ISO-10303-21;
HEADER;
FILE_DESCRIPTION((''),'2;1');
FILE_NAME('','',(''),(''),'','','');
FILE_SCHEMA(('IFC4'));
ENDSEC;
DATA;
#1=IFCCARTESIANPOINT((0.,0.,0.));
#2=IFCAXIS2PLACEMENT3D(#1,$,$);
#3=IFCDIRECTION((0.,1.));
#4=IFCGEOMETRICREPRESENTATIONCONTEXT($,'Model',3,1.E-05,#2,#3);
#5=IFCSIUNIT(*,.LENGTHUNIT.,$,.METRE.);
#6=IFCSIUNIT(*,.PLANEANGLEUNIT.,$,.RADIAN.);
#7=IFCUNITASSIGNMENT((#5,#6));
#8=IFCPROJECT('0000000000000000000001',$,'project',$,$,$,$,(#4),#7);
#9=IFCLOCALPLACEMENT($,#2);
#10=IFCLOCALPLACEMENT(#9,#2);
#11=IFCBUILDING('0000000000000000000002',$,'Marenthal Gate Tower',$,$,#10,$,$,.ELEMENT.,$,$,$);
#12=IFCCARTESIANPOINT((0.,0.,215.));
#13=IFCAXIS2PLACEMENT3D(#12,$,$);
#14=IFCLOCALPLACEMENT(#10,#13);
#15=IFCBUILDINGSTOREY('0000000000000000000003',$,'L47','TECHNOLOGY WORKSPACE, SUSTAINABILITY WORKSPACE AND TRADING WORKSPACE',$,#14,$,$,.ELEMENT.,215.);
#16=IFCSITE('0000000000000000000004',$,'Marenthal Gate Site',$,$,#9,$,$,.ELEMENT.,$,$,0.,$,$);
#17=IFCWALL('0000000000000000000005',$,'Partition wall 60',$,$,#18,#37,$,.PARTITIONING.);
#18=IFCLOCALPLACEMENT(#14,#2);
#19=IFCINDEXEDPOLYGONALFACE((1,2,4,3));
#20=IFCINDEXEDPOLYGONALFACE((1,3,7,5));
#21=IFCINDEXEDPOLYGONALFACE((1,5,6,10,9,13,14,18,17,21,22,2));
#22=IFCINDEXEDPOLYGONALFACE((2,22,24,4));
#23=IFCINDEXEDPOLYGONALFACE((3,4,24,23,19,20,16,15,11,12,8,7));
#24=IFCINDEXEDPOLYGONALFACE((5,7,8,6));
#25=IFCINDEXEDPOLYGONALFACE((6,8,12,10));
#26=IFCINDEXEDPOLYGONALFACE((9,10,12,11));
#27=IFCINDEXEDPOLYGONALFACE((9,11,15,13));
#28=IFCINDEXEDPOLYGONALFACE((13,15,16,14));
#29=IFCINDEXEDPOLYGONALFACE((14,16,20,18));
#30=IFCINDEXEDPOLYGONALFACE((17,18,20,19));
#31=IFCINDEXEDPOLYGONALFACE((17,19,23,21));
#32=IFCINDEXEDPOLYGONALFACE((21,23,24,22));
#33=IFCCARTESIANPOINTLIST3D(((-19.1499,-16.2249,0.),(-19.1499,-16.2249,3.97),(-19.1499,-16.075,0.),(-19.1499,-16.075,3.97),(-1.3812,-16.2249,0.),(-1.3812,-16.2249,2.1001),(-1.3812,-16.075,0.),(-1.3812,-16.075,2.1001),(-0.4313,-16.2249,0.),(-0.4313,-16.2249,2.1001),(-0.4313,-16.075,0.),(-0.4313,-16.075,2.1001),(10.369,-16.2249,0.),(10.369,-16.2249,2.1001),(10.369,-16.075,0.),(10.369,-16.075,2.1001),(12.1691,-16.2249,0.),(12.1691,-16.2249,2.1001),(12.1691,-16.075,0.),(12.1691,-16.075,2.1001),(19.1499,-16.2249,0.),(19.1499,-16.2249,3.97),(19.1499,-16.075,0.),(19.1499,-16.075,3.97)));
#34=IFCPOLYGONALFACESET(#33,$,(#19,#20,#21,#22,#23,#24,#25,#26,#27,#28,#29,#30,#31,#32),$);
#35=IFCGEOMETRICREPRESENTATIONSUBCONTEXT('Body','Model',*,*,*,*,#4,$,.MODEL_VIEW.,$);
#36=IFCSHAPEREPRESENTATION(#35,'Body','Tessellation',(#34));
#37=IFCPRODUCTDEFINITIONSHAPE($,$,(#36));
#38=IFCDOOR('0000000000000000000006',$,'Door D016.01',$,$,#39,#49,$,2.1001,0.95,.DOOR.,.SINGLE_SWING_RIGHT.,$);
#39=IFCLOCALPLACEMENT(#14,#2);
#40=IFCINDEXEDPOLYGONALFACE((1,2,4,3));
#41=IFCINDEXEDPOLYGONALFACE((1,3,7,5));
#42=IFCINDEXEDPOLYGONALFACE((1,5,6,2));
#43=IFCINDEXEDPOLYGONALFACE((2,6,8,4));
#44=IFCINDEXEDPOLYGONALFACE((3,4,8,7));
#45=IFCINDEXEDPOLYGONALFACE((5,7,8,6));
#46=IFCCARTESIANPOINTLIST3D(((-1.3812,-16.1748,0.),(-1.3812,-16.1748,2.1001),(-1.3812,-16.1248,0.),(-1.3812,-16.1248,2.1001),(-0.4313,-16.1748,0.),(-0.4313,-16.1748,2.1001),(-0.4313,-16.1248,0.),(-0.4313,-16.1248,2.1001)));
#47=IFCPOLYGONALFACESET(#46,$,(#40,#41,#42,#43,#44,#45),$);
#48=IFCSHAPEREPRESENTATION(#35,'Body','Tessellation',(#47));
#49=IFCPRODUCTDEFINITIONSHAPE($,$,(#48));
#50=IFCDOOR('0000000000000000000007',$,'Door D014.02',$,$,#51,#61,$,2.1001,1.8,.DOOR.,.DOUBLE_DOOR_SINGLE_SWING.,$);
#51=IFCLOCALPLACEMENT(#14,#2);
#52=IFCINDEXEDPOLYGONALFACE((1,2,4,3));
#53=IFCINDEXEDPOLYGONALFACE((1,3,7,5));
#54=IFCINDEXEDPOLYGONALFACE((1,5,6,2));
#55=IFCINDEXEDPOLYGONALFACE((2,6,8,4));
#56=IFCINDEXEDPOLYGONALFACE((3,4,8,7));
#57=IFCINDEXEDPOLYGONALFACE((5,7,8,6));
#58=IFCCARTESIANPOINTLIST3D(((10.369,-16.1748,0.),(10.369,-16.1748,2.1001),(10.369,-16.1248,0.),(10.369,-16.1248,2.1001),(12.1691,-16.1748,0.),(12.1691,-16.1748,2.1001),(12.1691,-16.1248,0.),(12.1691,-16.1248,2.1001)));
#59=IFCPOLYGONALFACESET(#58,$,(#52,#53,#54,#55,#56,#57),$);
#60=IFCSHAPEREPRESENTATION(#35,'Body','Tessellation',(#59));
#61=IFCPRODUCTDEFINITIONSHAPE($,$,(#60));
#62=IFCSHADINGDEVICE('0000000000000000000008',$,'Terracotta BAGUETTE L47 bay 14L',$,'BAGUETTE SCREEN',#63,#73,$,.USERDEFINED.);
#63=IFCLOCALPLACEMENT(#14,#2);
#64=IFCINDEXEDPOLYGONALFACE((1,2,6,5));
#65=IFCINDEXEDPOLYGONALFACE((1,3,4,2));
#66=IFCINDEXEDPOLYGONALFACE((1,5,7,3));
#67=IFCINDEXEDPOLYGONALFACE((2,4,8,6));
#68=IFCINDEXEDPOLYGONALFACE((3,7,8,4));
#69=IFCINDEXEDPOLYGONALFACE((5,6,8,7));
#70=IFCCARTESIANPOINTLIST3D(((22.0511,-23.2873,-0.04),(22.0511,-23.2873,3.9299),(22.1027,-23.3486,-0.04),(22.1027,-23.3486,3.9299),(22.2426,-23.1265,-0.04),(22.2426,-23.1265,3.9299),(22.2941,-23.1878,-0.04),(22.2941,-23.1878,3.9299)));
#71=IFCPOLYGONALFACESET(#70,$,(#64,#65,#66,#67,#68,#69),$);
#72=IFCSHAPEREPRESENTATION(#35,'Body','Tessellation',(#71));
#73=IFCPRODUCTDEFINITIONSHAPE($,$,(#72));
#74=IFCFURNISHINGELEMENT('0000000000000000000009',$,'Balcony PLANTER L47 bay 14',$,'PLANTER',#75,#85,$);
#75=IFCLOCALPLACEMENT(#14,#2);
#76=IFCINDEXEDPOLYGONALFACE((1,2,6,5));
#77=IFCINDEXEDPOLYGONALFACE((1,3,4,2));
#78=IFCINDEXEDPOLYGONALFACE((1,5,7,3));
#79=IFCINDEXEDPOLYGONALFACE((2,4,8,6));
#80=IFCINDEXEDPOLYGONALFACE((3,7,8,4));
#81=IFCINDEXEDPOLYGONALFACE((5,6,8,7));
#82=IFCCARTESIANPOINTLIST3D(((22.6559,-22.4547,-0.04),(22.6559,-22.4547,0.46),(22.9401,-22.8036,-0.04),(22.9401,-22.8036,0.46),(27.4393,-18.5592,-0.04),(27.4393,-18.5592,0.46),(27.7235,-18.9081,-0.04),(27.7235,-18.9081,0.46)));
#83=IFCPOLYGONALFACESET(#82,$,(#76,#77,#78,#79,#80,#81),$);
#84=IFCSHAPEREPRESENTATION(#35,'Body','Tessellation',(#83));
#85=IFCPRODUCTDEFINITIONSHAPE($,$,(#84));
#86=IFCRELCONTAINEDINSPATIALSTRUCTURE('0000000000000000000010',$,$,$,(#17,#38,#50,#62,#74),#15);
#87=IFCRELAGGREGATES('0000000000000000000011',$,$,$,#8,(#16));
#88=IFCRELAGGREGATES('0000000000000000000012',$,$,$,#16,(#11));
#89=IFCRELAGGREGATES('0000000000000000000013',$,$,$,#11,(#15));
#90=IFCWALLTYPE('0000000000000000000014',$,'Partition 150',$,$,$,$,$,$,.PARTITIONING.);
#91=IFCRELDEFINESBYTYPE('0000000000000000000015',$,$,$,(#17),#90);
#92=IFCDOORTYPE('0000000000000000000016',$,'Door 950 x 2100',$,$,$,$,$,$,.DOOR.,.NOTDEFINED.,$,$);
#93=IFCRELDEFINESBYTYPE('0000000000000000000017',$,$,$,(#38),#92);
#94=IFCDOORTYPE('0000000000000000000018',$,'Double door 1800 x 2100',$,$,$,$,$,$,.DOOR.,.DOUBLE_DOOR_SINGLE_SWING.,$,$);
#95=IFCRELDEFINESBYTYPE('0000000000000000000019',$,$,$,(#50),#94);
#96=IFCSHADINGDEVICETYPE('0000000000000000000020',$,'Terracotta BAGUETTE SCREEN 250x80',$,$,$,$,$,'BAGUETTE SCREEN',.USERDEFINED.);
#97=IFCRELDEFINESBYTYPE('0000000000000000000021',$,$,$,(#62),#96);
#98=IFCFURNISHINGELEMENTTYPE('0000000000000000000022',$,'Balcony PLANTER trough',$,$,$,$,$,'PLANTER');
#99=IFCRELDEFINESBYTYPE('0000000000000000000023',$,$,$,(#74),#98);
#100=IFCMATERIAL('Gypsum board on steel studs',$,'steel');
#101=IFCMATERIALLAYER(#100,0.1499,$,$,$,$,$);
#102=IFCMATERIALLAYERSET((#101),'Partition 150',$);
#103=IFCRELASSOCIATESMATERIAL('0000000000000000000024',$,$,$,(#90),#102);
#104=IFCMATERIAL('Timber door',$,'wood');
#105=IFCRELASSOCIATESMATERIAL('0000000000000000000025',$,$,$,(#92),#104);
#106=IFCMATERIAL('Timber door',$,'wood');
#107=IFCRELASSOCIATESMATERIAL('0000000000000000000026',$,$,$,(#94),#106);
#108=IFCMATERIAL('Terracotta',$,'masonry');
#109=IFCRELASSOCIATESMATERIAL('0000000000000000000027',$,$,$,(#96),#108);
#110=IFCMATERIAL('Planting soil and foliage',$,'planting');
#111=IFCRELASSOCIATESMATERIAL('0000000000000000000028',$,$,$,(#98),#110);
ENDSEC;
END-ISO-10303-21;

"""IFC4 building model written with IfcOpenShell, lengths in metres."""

from ifc_helpers import new_model, si_unit, direction, frame, frame_2d, origin, origin_2d, place, context, subcontext, project, spatial, rectangle, extrude, material, layer, layer_set, material_profile, profile_set, type_object, element, fill, save


model = new_model("IFC4")

# Units and contexts
model_context = context("Model", 3, precision=1e-05, world=origin(), true_north=direction((0.0, 1.0)))
body_context = subcontext(model_context, "Body", "Model", "MODEL_VIEW")
ifc_project = project(units=[si_unit("LENGTHUNIT", "METRE"), si_unit("PLANEANGLEUNIT", "RADIAN")], contexts=[model_context])

# Site, building, storey
site_placement = place(None, origin())
site = spatial("IfcSite", under=ifc_project, at=site_placement, Name="Marenthal Gate Site", CompositionType="ELEMENT", RefElevation=0.0)
building_placement = place(site_placement, origin())
building = spatial("IfcBuilding", under=site, at=building_placement, Name="Marenthal Gate Tower", CompositionType="ELEMENT")
storey_placement = place(building_placement, frame((0.0, 0.0, 215.0)))
storey = spatial("IfcBuildingStorey", under=building, at=storey_placement, Name="L47", Description="TECHNOLOGY WORKSPACE, SUSTAINABILITY WORKSPACE AND TRADING WORKSPACE", CompositionType="ELEMENT", Elevation=215.0)

# Wall, openings, doors
ifc_material_1 = material(Name="Gypsum board on steel studs", Category="steel")
ifc_layer_1 = layer(ifc_material_1, 0.1499)
ifc_layer_set_1 = layer_set([ifc_layer_1], Name="Partition 150")
wall_type_1 = type_object("IfcWallType", Name="Partition 150", PredefinedType="PARTITIONING", material=ifc_layer_set_1)
wall_1_placement = place(storey_placement, frame((19.1499, -16.1499, 0.0), z_axis=(0.0, 0.0, 1.0), x_axis=(-1.0, 0.0, 0.0)))
wall_1 = element("IfcWall", 1, at=wall_1_placement, inside=storey, type_object=wall_type_1, Name="Partition wall 60", PredefinedType="PARTITIONING", context=body_context, shape_type="SweptSolid", body=[
    extrude(rectangle(XDim=38.2998, YDim=0.1499, at=frame_2d((19.1499, 0.0))), origin(), (0.0, 0.0, 1.0), 3.97),
])
opening_1_placement = place(wall_1_placement, frame((19.5811, 0.0, 0.0)))
opening_1 = element("IfcOpeningElement", 2, at=opening_1_placement, cuts=wall_1, PredefinedType="OPENING", context=body_context, shape_type="SweptSolid", body=[
    extrude(rectangle(XDim=0.95, YDim=2.1001, at=frame_2d((0.4751, 1.05))), frame((0.0, 0.085, 0.0), z_axis=(0.0, -1.0, 0.0), x_axis=(1.0, 0.0, 0.0)), (0.0, 0.0, 1.0), 0.1699),
])
opening_2_placement = place(wall_1_placement, frame((6.981, 0.0, 0.0)))
opening_2 = element("IfcOpeningElement", 3, at=opening_2_placement, cuts=wall_1, PredefinedType="OPENING", context=body_context, shape_type="SweptSolid", body=[
    extrude(rectangle(XDim=1.8, YDim=2.1001, at=frame_2d((0.8999, 1.05))), frame((0.0, 0.085, 0.0), z_axis=(0.0, -1.0, 0.0), x_axis=(1.0, 0.0, 0.0)), (0.0, 0.0, 1.0), 0.1699),
])
ifc_material_2 = material(Name="Timber door", Category="wood")
door_type_1 = type_object("IfcDoorType", Name="Door 950 x 2100", OperationType="NOTDEFINED", PredefinedType="DOOR", material=ifc_material_2)
door_1_placement = place(opening_1_placement, origin())
door_1 = element("IfcDoor", 4, at=door_1_placement, inside=storey, type_object=door_type_1, Name="Door D016.01", OperationType="SINGLE_SWING_RIGHT", OverallHeight=2.1001, OverallWidth=0.95, PredefinedType="DOOR", context=body_context, shape_type="SweptSolid", body=[
    extrude(rectangle(XDim=0.95, YDim=2.1001, at=frame_2d((0.4751, 1.05))), frame((0.0, 0.0249, 0.0), z_axis=(0.0, -1.0, 0.0), x_axis=(1.0, 0.0, 0.0)), (0.0, 0.0, 1.0), 0.05),
])
fill(opening_1, door_1)
ifc_material_3 = material(Name="Timber door", Category="wood")
door_type_2 = type_object("IfcDoorType", Name="Double door 1800 x 2100", OperationType="DOUBLE_DOOR_SINGLE_SWING", PredefinedType="DOOR", material=ifc_material_3)
door_2_placement = place(opening_2_placement, origin())
door_2 = element("IfcDoor", 5, at=door_2_placement, inside=storey, type_object=door_type_2, Name="Door D014.02", OperationType="DOUBLE_DOOR_SINGLE_SWING", OverallHeight=2.1001, OverallWidth=1.8, PredefinedType="DOOR", context=body_context, shape_type="SweptSolid", body=[
    extrude(rectangle(XDim=1.8, YDim=2.1001, at=frame_2d((0.8999, 1.05))), frame((0.0, 0.0249, 0.0), z_axis=(0.0, -1.0, 0.0), x_axis=(1.0, 0.0, 0.0)), (0.0, 0.0, 1.0), 0.05),
])
fill(opening_2, door_2)

# Shading device
ifc_material_4 = material(Name="Terracotta", Category="masonry")
ifc_material_profile_1 = material_profile(ifc_material_4, rectangle(XDim=0.25, YDim=0.0801, at=origin_2d()), Name="Terracotta baguette 250x80")
ifc_profile_set_1 = profile_set([ifc_material_profile_1], Name="Terracotta")
shading_device_type = type_object("IfcShadingDeviceType", Name="Terracotta BAGUETTE SCREEN 250x80", ElementType="BAGUETTE SCREEN", PredefinedType="USERDEFINED", material=ifc_profile_set_1)
shading_device_placement = place(storey_placement, frame((22.1726, -23.2375, -0.04), z_axis=(0.0, 0.0, 1.0), x_axis=(0.765628, 0.643284, 0.0)))
element("IfcShadingDevice", 6, at=shading_device_placement, inside=storey, type_object=shading_device_type, Name="Terracotta BAGUETTE L47 bay 14L", ObjectType="BAGUETTE SCREEN", PredefinedType="USERDEFINED", context=body_context, shape_type="SweptSolid", body=[
    extrude(rectangle(XDim=0.25, YDim=0.0801, at=origin_2d()), origin(), (0.0, 0.0, 1.0), 3.97),
])

# Furnishing element
ifc_material_5 = material(Name="Planting soil and foliage", Category="planting")
furnishing_element_type = type_object("IfcFurnishingElementType", Name="Balcony PLANTER trough", ElementType="PLANTER", material=ifc_material_5)
furnishing_placement = place(storey_placement, frame((25.1897, -20.6814, -0.04), z_axis=(0.0, 0.0, 1.0), x_axis=(0.775396, 0.631476, 0.0)))
element("IfcFurnishingElement", 7, at=furnishing_placement, inside=storey, type_object=furnishing_element_type, Name="Balcony PLANTER L47 bay 14", ObjectType="PLANTER", context=body_context, shape_type="SweptSolid", body=[
    extrude(rectangle(XDim=6.1689, YDim=0.45, at=origin_2d()), origin(), (0.0, 0.0, 1.0), 0.5),
])

save(model, "model.ifc")
